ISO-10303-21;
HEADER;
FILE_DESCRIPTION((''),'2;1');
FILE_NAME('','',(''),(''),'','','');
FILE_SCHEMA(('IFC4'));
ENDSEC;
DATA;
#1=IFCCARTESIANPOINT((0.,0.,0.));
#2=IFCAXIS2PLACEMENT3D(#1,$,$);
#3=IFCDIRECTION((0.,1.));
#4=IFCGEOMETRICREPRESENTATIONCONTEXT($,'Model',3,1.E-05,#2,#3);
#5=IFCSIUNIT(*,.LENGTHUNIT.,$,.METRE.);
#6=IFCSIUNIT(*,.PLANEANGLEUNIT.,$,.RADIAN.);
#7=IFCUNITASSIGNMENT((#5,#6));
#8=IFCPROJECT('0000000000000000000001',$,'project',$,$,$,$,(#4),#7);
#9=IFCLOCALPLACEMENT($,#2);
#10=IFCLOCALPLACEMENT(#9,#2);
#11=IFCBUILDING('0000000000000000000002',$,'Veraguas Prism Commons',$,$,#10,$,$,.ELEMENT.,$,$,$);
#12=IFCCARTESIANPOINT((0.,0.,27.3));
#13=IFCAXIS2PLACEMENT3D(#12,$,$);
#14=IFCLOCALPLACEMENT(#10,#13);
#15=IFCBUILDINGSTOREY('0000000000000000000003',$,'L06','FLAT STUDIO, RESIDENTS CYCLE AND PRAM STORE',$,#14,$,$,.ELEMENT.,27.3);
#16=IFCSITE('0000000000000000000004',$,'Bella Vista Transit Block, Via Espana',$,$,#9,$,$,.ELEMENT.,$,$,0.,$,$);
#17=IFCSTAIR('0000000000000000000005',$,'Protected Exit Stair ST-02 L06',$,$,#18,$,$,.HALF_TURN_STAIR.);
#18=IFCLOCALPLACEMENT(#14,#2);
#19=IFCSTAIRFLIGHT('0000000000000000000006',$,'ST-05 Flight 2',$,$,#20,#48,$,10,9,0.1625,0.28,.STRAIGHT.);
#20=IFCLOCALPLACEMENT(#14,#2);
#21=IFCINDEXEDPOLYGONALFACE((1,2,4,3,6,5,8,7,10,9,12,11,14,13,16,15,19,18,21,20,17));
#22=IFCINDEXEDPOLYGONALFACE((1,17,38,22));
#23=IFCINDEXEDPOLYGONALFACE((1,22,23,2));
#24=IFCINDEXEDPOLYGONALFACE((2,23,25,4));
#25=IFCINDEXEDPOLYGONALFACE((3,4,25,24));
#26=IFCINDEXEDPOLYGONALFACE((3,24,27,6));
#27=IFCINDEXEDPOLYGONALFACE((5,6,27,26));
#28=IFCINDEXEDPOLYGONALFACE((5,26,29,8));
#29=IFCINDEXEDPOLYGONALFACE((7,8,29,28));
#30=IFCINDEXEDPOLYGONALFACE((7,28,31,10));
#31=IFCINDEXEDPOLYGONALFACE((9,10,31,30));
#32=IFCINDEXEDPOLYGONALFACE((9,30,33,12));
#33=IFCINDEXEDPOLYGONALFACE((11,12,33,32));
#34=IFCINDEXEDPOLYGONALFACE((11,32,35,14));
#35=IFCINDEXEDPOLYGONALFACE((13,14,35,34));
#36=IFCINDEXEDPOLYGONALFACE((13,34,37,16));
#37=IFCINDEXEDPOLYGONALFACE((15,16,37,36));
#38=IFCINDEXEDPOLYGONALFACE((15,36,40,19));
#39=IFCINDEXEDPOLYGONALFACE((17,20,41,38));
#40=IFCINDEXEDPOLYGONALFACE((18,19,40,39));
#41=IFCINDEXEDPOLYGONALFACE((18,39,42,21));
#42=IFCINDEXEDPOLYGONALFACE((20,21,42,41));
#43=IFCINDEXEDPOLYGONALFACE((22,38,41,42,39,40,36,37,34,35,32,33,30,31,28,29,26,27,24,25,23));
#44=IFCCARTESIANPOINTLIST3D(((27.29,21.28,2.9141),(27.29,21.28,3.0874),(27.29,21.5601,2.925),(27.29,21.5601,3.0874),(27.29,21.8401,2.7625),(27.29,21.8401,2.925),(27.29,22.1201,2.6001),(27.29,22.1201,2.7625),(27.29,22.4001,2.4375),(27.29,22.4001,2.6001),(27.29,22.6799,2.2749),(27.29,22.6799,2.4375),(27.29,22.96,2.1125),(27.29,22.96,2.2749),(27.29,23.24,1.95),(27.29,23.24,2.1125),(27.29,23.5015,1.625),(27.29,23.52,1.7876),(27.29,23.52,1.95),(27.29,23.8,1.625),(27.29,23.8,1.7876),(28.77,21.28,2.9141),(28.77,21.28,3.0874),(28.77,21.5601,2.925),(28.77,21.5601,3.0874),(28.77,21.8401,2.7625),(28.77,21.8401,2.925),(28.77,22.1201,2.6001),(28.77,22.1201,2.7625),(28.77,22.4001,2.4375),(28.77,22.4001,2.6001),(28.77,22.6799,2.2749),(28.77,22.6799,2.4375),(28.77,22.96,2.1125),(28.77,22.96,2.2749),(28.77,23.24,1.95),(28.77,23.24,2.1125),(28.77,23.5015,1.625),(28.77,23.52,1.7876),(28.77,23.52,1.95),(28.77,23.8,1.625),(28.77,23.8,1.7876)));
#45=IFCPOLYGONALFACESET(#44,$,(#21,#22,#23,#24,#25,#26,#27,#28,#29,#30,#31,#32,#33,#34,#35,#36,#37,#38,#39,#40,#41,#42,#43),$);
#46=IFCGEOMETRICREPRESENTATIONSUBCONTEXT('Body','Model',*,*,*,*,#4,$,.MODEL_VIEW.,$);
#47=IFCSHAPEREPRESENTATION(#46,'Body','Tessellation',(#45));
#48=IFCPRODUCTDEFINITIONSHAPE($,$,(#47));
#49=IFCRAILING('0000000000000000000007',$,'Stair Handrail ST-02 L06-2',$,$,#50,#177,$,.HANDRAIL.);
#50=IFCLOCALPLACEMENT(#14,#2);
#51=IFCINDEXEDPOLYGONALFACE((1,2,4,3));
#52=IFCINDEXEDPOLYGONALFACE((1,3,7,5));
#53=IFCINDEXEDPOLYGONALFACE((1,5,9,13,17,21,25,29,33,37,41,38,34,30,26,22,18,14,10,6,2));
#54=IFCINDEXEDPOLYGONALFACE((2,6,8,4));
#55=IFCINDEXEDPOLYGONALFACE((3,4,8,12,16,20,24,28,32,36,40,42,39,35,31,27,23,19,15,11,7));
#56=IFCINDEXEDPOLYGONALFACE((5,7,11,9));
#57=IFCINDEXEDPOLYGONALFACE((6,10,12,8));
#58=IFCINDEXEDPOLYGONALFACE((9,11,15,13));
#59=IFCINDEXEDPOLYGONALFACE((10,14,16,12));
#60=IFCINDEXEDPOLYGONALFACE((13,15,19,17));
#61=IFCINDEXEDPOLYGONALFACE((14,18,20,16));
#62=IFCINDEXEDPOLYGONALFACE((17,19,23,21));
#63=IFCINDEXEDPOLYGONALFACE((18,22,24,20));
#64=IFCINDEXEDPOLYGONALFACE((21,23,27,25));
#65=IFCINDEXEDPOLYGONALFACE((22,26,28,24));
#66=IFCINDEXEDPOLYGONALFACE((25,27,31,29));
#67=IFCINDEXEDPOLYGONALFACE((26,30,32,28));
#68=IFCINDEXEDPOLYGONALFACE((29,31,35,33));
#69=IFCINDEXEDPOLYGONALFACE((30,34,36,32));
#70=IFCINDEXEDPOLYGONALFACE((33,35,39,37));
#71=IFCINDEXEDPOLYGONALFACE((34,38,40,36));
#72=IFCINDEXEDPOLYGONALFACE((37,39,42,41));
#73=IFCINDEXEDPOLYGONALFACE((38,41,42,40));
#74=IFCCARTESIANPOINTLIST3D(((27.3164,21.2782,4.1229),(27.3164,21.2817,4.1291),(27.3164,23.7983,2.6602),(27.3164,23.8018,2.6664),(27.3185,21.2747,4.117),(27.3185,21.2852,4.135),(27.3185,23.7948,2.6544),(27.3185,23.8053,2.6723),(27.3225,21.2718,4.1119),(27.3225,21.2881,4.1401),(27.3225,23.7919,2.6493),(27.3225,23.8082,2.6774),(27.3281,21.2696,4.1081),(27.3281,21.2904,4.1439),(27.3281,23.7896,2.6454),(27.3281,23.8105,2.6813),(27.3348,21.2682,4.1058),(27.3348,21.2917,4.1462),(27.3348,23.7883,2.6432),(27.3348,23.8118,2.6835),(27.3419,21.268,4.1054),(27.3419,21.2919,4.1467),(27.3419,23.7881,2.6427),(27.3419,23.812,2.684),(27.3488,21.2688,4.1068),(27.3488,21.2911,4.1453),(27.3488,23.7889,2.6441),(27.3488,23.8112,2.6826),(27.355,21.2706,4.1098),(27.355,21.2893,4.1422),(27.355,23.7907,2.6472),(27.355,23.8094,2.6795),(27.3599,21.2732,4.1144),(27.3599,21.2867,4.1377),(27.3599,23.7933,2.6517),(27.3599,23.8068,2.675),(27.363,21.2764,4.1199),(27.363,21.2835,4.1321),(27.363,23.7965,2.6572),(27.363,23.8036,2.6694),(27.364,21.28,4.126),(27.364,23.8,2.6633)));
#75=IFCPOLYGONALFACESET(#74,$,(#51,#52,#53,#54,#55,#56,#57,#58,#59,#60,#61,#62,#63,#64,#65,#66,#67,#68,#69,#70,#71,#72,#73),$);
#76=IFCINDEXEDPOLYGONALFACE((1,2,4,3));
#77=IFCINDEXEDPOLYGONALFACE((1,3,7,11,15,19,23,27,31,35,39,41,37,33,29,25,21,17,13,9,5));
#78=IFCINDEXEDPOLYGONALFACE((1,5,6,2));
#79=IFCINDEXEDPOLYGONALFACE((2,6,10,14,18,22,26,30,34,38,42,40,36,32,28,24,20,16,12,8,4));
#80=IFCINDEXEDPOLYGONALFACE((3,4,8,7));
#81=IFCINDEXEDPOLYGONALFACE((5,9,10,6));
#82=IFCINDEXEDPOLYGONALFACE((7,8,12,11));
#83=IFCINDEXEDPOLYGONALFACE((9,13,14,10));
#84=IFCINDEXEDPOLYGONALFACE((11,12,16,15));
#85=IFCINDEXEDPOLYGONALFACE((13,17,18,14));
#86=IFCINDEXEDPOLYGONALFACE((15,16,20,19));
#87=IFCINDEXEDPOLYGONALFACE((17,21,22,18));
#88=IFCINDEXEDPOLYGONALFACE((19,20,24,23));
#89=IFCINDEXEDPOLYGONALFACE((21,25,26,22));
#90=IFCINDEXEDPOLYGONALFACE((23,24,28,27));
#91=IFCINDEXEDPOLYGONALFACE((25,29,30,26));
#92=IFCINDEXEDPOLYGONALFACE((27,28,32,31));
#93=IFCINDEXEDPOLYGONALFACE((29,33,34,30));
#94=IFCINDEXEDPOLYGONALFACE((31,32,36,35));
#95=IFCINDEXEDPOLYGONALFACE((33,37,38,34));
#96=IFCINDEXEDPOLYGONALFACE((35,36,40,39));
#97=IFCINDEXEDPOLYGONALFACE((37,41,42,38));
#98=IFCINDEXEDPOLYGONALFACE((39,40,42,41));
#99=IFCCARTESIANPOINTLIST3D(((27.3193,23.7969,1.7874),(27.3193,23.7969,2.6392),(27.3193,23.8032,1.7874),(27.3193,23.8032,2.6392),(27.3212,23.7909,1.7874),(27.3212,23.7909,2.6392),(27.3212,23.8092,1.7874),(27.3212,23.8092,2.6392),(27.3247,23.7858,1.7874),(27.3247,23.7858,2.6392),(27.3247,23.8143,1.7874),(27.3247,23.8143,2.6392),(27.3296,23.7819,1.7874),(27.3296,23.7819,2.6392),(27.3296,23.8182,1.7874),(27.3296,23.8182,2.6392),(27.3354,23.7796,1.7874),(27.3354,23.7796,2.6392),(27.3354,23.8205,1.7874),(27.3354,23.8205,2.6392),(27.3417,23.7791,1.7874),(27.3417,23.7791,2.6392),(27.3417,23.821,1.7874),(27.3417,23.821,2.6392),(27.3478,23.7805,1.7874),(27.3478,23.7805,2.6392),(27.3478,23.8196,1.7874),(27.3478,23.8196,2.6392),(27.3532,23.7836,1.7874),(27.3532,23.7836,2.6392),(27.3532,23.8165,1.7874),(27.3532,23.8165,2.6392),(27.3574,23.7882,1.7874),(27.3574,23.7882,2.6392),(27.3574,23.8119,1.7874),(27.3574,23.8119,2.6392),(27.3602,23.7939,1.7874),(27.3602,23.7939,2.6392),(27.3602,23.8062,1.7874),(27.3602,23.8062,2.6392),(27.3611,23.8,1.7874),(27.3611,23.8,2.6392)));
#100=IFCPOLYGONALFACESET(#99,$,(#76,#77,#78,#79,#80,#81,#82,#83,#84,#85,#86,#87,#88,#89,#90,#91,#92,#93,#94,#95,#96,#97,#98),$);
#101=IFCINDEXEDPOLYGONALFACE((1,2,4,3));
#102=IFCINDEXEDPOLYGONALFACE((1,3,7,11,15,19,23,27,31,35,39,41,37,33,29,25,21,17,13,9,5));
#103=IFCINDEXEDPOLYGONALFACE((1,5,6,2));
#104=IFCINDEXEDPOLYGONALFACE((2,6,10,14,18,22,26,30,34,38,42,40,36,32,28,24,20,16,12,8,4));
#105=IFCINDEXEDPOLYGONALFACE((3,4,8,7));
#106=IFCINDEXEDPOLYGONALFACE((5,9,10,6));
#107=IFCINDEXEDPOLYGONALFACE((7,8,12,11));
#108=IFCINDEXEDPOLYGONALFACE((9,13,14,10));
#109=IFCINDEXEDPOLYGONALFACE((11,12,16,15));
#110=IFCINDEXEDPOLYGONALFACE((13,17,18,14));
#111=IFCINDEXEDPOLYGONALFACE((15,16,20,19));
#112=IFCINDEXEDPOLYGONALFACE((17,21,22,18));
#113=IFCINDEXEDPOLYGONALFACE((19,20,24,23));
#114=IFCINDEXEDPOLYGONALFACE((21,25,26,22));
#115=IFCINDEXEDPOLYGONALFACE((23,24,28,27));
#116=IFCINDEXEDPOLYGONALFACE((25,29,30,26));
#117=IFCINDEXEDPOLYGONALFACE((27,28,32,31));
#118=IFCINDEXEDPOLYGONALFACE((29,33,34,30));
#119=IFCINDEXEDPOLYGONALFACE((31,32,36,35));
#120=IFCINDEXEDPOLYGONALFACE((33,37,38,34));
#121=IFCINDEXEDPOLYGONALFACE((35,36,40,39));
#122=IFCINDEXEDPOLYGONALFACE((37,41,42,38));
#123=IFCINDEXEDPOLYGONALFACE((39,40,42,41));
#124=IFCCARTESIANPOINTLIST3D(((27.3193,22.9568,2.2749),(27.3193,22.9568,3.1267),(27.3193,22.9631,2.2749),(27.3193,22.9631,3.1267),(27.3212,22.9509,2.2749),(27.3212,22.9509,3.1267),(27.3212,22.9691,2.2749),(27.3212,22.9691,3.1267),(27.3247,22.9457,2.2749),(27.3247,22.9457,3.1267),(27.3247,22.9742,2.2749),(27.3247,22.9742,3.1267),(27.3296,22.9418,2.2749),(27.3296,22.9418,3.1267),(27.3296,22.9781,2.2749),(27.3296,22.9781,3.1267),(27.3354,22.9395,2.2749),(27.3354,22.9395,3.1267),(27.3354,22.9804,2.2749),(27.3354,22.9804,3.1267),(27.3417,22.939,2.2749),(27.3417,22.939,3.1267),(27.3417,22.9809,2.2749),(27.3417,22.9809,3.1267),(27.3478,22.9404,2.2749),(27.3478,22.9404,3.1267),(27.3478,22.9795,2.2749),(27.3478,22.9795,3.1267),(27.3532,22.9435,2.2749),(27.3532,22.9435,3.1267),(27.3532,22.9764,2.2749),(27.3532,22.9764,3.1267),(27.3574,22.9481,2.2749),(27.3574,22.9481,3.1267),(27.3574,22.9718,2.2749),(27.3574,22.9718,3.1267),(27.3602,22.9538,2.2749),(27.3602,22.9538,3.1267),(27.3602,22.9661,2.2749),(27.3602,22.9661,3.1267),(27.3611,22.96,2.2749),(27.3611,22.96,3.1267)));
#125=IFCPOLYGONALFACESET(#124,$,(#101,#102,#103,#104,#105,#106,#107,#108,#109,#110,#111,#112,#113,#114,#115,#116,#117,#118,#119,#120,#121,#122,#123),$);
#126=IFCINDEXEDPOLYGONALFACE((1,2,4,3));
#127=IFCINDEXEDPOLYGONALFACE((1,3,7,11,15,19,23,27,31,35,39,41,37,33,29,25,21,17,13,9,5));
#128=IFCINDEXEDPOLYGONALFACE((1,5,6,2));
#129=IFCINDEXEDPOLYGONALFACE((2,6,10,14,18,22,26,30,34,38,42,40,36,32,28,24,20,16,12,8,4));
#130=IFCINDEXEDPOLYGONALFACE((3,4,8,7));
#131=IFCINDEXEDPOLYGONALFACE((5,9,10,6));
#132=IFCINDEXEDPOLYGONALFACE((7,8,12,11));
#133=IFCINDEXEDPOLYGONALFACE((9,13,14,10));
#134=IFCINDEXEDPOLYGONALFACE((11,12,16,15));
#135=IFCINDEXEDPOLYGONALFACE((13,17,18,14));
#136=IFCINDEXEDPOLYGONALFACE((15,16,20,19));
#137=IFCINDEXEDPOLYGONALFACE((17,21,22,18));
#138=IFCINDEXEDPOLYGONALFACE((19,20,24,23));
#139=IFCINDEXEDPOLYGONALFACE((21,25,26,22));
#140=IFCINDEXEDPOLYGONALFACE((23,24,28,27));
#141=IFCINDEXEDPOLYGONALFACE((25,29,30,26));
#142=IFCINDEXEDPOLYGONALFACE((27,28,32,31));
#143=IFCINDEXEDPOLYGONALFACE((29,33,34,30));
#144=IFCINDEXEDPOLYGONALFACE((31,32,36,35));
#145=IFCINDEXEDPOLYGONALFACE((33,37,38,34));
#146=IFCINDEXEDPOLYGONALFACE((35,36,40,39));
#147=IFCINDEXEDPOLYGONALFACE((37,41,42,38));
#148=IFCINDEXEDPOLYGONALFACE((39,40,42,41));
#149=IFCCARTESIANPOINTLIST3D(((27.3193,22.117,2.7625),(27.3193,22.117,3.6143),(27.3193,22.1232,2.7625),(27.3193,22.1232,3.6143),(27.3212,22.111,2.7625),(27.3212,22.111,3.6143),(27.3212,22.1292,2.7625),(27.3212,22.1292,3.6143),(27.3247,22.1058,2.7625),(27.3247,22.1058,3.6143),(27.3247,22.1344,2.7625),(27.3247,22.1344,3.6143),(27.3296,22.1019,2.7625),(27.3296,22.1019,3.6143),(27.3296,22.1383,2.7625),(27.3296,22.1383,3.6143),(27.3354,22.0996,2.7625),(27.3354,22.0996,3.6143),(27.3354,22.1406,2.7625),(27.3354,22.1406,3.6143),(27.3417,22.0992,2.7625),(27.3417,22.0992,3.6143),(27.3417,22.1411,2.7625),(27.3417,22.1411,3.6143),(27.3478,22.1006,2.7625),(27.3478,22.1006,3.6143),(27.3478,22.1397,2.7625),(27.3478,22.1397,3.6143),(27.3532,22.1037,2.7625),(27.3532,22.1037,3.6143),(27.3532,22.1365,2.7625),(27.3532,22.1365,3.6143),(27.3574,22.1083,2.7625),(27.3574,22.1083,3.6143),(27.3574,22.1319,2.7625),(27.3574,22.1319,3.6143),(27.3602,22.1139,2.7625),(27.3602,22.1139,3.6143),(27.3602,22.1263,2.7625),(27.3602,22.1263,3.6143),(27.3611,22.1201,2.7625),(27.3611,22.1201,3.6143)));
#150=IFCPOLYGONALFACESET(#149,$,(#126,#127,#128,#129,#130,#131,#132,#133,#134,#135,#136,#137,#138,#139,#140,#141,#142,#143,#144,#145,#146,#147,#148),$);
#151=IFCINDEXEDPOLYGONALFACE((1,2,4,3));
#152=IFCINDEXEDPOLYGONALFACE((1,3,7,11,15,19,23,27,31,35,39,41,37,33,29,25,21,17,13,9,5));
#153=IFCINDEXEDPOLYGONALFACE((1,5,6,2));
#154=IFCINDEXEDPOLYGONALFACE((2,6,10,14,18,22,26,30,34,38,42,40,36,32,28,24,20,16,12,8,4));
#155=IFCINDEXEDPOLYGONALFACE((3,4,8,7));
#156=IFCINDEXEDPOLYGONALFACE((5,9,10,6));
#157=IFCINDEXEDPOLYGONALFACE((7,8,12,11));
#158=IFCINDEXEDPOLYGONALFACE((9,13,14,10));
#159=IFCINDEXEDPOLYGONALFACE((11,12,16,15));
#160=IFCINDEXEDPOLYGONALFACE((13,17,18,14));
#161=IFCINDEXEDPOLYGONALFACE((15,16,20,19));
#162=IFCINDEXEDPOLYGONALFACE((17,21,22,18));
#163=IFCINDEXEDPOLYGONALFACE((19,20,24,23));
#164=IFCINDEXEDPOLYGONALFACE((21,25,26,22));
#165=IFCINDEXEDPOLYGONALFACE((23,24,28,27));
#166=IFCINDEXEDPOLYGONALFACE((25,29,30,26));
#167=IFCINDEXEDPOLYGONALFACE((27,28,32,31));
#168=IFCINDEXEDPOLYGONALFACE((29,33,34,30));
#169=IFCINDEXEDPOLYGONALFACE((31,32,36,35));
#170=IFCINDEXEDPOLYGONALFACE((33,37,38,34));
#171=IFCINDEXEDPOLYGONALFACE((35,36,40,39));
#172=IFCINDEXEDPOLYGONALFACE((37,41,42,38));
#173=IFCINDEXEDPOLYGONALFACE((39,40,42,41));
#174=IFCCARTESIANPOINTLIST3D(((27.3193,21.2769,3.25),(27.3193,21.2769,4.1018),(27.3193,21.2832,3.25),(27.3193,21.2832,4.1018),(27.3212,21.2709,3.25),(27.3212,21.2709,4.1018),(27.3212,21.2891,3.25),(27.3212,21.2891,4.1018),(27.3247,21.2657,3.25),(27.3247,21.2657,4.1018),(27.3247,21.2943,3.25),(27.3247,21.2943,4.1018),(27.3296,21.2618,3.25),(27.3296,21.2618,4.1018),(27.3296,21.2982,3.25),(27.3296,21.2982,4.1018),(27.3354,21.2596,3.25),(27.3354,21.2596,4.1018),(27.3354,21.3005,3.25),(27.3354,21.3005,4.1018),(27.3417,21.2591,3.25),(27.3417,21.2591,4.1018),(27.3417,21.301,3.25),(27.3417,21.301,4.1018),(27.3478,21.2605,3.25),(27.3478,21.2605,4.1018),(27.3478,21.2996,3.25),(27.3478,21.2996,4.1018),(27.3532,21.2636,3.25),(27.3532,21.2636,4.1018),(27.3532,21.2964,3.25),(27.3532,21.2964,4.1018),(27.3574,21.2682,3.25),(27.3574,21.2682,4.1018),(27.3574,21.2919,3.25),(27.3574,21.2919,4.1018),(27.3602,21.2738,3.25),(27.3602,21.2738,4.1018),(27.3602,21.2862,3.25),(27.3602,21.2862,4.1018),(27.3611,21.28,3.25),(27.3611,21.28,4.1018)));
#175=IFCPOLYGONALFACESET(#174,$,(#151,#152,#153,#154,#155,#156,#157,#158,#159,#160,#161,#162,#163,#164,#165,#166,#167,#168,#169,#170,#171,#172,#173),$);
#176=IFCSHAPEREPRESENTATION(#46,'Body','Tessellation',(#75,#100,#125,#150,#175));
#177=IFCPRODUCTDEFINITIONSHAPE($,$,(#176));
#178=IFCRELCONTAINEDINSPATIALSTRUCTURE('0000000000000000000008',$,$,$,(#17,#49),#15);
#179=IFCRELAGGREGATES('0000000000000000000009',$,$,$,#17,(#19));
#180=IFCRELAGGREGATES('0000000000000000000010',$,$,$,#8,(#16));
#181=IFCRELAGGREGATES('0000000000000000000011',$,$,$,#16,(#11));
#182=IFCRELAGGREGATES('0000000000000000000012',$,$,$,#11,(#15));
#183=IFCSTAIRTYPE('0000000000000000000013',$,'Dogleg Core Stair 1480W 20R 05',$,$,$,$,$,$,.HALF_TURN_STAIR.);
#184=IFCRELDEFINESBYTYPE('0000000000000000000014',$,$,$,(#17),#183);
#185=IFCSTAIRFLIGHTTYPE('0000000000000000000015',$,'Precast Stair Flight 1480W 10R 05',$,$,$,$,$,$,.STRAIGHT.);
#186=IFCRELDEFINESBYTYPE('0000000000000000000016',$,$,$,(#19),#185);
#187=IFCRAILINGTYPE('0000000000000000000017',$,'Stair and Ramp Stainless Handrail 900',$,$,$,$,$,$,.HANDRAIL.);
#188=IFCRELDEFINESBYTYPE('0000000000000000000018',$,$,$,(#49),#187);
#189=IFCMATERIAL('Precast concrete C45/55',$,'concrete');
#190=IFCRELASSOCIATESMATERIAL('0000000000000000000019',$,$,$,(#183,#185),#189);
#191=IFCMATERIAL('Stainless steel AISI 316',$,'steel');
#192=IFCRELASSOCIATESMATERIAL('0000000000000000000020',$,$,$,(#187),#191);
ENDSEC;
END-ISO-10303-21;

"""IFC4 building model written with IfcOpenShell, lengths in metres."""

from ifc_helpers import new_model, si_unit, direction, frame, origin, origin_2d, place, context, subcontext, project, spatial, polyline, circle, outline, extrude, material, type_object, element, aggregate, save


model = new_model("IFC4")

# Units and contexts
model_context = context("Model", 3, precision=1e-05, world=origin(), true_north=direction((0.0, 1.0)))
body_context = subcontext(model_context, "Body", "Model", "MODEL_VIEW")
ifc_project = project(units=[si_unit("LENGTHUNIT", "METRE"), si_unit("PLANEANGLEUNIT", "RADIAN")], contexts=[model_context])

# Site, building, storey
site_placement = place(None, origin())
site = spatial("IfcSite", under=ifc_project, at=site_placement, Name="Bella Vista Transit Block, Via Espana", CompositionType="ELEMENT", RefElevation=0.0)
building_placement = place(site_placement, origin())
building = spatial("IfcBuilding", under=site, at=building_placement, Name="Veraguas Prism Commons", CompositionType="ELEMENT")
storey_placement = place(building_placement, frame((0.0, 0.0, 27.3)))
storey = spatial("IfcBuildingStorey", under=building, at=storey_placement, Name="L06", Description="FLAT STUDIO, RESIDENTS CYCLE AND PRAM STORE", CompositionType="ELEMENT", Elevation=27.3)

# Shared definitions
ifc_material_1 = material(Name="Stainless steel AISI 316", Category="steel")

# Stair, stair flight
ifc_material_2 = material(Name="Precast concrete C45/55", Category="concrete")
stair_type = type_object("IfcStairType", Name="Dogleg Core Stair 1480W 20R 05", PredefinedType="HALF_TURN_STAIR", material=ifc_material_2)
stair_placement = place(storey_placement, origin())
stair = element("IfcStair", 1, at=stair_placement, inside=storey, type_object=stair_type, Name="Protected Exit Stair ST-02 L06", PredefinedType="HALF_TURN_STAIR")
stair_flight_type = type_object("IfcStairFlightType", Name="Precast Stair Flight 1480W 10R 05", PredefinedType="STRAIGHT", material=ifc_material_2)
stair_flight_placement = place(storey_placement, frame((28.03, 23.8, 1.625), z_axis=(0.0, 0.0, 1.0), x_axis=(0.0, -1.0, 0.0)))
stair_flight = element("IfcStairFlight", 2, at=stair_flight_placement, type_object=stair_flight_type, Name="ST-05 Flight 2", NumberOfRisers=10, NumberOfTreads=9, PredefinedType="STRAIGHT", RiserHeight=0.1625, TreadLength=0.28, context=body_context, shape_type="SweptSolid", body=[
    extrude(outline(polyline([(0.0, 0.0), (0.0, 0.1626), (0.28, 0.1626), (0.28, 0.325), (0.5601, 0.325), (0.5601, 0.4875), (0.8401, 0.4875), (0.8401, 0.6499), (1.1201, 0.6499), (1.1201, 0.8125), (1.3999, 0.8125), (1.3999, 0.9751), (1.6799, 0.9751), (1.6799, 1.1375), (1.96, 1.1375), (1.96, 1.3), (2.24, 1.3), (2.24, 1.4624), (2.52, 1.4624), (2.52, 1.625), (2.52, 1.2891), (0.2986, 0.0), (0.0, 0.0)])), frame((0.0, 0.74, 0.0), z_axis=(0.0, -1.0, 0.0), x_axis=(1.0, 0.0, 0.0)), (0.0, 0.0, 1.0), 1.48),
])
aggregate(stair, [stair_flight])

# Railing
railing_type_1 = type_object("IfcRailingType", Name="Stair and Ramp Stainless Handrail 900", PredefinedType="HANDRAIL", material=ifc_material_1)
railing_1_placement = place(storey_placement, frame((27.3401, 23.8, 1.7874)))
element("IfcRailing", 3, at=railing_1_placement, inside=storey, type_object=railing_type_1, Name="Stair Handrail ST-02 L06-2", PredefinedType="HANDRAIL", context=body_context, shape_type="SweptSolid", body=[
    extrude(circle(Radius=0.0239, at=origin_2d()), frame((0.0, 0.0, 0.876), z_axis=(0.0, -0.864877, 0.501984), x_axis=(1.0, 0.0, 0.0)), (0.0, 0.0, 1.0), 2.9138),
    extrude(circle(Radius=0.021, at=origin_2d()), origin(), (0.0, 0.0, 1.0), 0.8518),
    extrude(circle(Radius=0.021, at=origin_2d()), frame((0.0, -0.8401, 0.4875)), (0.0, 0.0, 1.0), 0.8518),
    extrude(circle(Radius=0.021, at=origin_2d()), frame((0.0, -1.6799, 0.9751)), (0.0, 0.0, 1.0), 0.8518),
    extrude(circle(Radius=0.021, at=origin_2d()), frame((0.0, -2.52, 1.4626)), (0.0, 0.0, 1.0), 0.8518),
])

save(model, "model.ifc")
